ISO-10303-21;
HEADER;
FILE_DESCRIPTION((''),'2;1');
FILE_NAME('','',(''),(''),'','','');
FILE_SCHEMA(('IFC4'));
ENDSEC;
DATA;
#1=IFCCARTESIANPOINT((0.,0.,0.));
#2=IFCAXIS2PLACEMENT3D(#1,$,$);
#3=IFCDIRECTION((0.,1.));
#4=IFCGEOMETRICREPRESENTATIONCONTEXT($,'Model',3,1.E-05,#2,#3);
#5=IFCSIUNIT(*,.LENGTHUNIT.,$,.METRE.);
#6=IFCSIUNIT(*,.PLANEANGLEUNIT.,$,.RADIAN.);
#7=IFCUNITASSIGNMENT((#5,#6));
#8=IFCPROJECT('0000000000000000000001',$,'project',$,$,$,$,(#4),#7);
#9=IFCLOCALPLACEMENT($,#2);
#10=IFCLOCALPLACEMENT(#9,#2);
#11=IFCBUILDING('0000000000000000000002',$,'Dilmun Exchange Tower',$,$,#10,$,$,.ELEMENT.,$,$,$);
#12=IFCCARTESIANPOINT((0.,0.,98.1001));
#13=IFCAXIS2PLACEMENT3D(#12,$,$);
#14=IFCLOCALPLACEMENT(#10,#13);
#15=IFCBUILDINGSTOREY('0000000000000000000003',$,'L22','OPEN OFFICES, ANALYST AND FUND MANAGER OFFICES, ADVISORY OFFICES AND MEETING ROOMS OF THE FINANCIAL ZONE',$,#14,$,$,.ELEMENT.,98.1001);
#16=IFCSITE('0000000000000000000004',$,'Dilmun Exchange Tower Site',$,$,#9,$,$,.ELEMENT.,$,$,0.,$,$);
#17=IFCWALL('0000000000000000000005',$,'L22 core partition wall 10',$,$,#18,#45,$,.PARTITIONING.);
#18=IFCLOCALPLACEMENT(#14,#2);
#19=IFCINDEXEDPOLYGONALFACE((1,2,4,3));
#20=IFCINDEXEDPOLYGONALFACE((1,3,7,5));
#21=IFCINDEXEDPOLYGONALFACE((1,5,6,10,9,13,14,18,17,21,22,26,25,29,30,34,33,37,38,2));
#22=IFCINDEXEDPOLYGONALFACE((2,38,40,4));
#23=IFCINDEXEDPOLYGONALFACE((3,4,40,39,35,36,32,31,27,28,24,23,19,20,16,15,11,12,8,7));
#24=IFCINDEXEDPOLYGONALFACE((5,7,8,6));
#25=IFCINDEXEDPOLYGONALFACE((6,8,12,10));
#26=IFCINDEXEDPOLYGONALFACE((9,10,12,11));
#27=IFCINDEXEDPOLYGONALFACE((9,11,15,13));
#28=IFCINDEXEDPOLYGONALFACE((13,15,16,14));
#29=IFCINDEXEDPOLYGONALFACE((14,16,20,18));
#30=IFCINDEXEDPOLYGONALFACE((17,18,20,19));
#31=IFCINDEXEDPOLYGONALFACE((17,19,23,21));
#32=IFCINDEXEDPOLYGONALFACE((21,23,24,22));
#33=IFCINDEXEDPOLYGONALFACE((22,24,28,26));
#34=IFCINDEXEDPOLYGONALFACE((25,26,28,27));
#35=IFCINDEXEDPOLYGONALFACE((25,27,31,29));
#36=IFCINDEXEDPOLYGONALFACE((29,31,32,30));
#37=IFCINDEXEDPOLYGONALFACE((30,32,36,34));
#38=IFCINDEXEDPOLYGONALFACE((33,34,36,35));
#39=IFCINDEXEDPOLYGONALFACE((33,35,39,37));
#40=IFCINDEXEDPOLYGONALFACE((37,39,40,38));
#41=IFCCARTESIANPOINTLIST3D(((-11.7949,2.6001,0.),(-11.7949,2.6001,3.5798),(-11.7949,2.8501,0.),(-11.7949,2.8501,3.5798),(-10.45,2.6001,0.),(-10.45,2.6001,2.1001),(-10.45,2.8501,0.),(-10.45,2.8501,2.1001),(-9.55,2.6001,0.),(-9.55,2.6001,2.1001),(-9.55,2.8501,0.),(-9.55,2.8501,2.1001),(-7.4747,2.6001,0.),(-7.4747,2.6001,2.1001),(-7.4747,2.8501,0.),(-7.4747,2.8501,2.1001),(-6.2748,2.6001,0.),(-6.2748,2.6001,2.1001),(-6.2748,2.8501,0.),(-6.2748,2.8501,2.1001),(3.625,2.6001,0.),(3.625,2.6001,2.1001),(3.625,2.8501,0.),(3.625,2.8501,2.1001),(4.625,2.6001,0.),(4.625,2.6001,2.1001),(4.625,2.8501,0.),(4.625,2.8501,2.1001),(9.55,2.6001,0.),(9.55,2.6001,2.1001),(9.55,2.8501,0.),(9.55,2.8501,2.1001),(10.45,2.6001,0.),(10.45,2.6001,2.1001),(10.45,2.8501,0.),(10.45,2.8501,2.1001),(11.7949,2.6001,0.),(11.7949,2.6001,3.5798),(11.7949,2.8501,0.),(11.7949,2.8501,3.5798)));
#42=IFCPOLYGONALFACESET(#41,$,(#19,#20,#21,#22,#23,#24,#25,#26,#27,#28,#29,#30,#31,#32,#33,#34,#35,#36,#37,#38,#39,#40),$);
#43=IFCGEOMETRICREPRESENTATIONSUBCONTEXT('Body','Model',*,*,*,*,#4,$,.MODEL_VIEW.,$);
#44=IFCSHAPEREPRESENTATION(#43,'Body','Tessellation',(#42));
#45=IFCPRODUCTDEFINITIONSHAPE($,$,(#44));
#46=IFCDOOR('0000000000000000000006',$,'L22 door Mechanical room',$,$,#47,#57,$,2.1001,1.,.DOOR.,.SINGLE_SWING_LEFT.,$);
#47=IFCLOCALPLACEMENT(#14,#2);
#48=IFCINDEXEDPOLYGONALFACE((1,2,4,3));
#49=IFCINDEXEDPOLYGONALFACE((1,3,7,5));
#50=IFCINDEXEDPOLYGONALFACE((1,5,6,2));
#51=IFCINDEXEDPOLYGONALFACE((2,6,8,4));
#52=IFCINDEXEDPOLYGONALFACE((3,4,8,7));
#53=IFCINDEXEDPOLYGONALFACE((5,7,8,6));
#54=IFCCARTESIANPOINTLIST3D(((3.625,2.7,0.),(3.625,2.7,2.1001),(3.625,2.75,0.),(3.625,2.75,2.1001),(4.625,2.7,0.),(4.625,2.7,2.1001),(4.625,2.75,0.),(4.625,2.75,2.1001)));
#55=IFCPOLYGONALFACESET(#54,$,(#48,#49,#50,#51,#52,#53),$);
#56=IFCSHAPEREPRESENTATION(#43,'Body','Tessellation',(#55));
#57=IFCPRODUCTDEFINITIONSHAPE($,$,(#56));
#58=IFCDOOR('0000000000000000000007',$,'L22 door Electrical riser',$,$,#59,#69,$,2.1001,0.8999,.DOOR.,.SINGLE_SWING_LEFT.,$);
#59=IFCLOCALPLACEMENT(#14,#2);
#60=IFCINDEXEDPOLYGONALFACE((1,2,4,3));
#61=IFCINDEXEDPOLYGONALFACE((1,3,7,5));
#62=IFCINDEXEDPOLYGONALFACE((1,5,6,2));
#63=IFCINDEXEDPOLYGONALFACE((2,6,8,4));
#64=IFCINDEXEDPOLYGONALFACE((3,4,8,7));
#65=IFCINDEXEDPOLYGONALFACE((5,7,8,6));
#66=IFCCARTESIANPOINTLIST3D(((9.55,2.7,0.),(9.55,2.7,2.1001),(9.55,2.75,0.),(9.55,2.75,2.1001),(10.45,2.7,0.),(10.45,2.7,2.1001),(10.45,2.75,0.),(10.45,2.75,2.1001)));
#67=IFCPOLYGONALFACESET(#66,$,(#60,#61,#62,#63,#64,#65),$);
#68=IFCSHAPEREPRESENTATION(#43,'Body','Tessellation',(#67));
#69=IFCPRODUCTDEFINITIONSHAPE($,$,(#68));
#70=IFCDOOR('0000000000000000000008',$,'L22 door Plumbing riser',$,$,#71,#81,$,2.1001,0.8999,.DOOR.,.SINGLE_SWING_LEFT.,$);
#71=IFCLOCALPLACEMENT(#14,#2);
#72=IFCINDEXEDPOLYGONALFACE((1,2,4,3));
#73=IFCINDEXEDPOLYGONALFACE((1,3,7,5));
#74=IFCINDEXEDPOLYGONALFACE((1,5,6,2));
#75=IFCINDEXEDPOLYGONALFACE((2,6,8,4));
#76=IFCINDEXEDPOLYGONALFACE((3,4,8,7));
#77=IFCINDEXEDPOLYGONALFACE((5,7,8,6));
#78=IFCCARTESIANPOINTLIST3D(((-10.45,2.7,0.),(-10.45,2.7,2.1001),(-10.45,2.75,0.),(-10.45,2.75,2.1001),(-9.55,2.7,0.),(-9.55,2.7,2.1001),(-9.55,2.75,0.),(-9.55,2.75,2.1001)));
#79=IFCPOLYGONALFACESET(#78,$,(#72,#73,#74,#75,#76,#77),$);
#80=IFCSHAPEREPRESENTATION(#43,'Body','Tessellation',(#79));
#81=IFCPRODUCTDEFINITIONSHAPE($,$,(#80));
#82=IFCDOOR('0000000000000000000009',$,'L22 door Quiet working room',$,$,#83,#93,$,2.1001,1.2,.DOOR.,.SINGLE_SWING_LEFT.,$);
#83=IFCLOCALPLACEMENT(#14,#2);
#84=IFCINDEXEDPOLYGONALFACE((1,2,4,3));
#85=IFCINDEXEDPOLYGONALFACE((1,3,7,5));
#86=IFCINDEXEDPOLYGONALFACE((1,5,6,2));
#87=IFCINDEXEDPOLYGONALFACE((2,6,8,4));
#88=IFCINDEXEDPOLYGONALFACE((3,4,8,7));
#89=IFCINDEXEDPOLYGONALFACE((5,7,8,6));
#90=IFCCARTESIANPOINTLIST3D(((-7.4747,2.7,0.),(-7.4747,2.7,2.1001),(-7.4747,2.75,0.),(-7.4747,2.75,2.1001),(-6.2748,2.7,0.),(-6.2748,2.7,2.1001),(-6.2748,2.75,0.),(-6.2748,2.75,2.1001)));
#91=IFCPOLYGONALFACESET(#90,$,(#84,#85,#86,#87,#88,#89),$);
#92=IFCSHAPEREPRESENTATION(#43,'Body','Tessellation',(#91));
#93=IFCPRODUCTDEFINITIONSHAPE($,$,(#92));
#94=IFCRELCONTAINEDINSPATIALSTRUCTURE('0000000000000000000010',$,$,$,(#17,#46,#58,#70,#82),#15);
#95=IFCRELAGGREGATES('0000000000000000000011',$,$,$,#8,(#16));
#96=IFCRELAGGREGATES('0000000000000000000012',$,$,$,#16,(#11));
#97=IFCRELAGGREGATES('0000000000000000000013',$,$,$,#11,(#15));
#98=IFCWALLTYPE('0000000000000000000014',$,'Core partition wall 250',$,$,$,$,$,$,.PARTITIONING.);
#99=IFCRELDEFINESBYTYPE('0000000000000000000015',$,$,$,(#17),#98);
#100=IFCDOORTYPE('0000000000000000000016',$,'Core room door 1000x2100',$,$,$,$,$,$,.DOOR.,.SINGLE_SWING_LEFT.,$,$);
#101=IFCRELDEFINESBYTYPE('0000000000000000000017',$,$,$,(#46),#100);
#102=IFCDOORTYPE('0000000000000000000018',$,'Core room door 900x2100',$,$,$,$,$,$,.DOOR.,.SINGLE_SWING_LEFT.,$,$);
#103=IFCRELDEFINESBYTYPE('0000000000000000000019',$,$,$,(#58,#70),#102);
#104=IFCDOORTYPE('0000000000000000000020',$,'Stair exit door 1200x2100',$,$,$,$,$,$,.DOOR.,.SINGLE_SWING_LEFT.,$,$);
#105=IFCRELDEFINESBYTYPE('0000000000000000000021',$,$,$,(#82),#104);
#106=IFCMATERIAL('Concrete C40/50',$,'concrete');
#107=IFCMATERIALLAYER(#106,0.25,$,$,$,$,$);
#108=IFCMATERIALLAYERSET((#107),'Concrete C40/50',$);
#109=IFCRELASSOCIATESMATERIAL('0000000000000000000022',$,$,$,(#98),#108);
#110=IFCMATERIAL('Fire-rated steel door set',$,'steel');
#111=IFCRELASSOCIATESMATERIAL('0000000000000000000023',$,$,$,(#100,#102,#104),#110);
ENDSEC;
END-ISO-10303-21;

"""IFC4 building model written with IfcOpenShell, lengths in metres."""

from ifc_helpers import new_model, si_unit, direction, frame, frame_2d, origin, place, context, subcontext, project, spatial, rectangle, extrude, material, layer, layer_set, type_object, element, fill, save


model = new_model("IFC4")

# Units and contexts
model_context = context("Model", 3, precision=1e-05, world=origin(), true_north=direction((0.0, 1.0)))
body_context = subcontext(model_context, "Body", "Model", "MODEL_VIEW")
ifc_project = project(units=[si_unit("LENGTHUNIT", "METRE"), si_unit("PLANEANGLEUNIT", "RADIAN")], contexts=[model_context])

# Site, building, storey
site_placement = place(None, origin())
site = spatial("IfcSite", under=ifc_project, at=site_placement, Name="Dilmun Exchange Tower Site", CompositionType="ELEMENT", RefElevation=0.0)
building_placement = place(site_placement, origin())
building = spatial("IfcBuilding", under=site, at=building_placement, Name="Dilmun Exchange Tower", CompositionType="ELEMENT")
storey_placement = place(building_placement, frame((0.0, 0.0, 98.1001)))
storey = spatial("IfcBuildingStorey", under=building, at=storey_placement, Name="L22", Description="OPEN OFFICES, ANALYST AND FUND MANAGER OFFICES, ADVISORY OFFICES AND MEETING ROOMS OF THE FINANCIAL ZONE", CompositionType="ELEMENT", Elevation=98.1001)

# Shared definitions
ifc_material_1 = material(Name="Concrete C40/50", Category="concrete")

# Wall, openings, doors
ifc_layer_1 = layer(ifc_material_1, 0.25)
ifc_layer_set_1 = layer_set([ifc_layer_1], Name="Concrete C40/50")
wall_type_1 = type_object("IfcWallType", Name="Core partition wall 250", PredefinedType="PARTITIONING", material=ifc_layer_set_1)
wall_1_placement = place(storey_placement, frame((-11.7949, 2.7251, 0.0), z_axis=(0.0, 0.0, 1.0), x_axis=(1.0, 0.0, 0.0)))
wall_1 = element("IfcWall", 1, at=wall_1_placement, inside=storey, type_object=wall_type_1, Name="L22 core partition wall 10", PredefinedType="PARTITIONING", context=body_context, shape_type="SweptSolid", body=[
    extrude(rectangle(XDim=23.5898, YDim=0.25, at=frame_2d((11.7949, 0.0))), origin(), (0.0, 0.0, 1.0), 3.5798),
])
opening_1_placement = place(wall_1_placement, frame((21.345, 0.0, 0.0)))
opening_1 = element("IfcOpeningElement", 2, at=opening_1_placement, cuts=wall_1, PredefinedType="OPENING", context=body_context, shape_type="SweptSolid", body=[
    extrude(rectangle(XDim=0.8999, YDim=2.1001, at=frame_2d((0.45, 1.05))), frame((0.0, 0.135, 0.0), z_axis=(0.0, -1.0, 0.0), x_axis=(1.0, 0.0, 0.0)), (0.0, 0.0, 1.0), 0.27),
])
opening_2_placement = place(wall_1_placement, frame((1.345, 0.0, 0.0)))
opening_2 = element("IfcOpeningElement", 3, at=opening_2_placement, cuts=wall_1, PredefinedType="OPENING", context=body_context, shape_type="SweptSolid", body=[
    extrude(rectangle(XDim=0.8999, YDim=2.1001, at=frame_2d((0.45, 1.05))), frame((0.0, 0.135, 0.0), z_axis=(0.0, -1.0, 0.0), x_axis=(1.0, 0.0, 0.0)), (0.0, 0.0, 1.0), 0.27),
])
opening_3_placement = place(wall_1_placement, frame((4.3201, 0.0, 0.0)))
opening_3 = element("IfcOpeningElement", 4, at=opening_3_placement, cuts=wall_1, PredefinedType="OPENING", context=body_context, shape_type="SweptSolid", body=[
    extrude(rectangle(XDim=1.2, YDim=2.1001, at=frame_2d((0.6001, 1.05))), frame((0.0, 0.135, 0.0), z_axis=(0.0, -1.0, 0.0), x_axis=(1.0, 0.0, 0.0)), (0.0, 0.0, 1.0), 0.27),
])
opening_4_placement = place(wall_1_placement, frame((15.4199, 0.0, 0.0)))
opening_4 = element("IfcOpeningElement", 5, at=opening_4_placement, cuts=wall_1, PredefinedType="OPENING", context=body_context, shape_type="SweptSolid", body=[
    extrude(rectangle(XDim=1.0, YDim=2.1001, at=frame_2d((0.5, 1.05))), frame((0.0, 0.135, 0.0), z_axis=(0.0, -1.0, 0.0), x_axis=(1.0, 0.0, 0.0)), (0.0, 0.0, 1.0), 0.27),
])
ifc_material_2 = material(Name="Fire-rated steel door set", Category="steel")
door_type_1 = type_object("IfcDoorType", Name="Core room door 1000x2100", OperationType="SINGLE_SWING_LEFT", PredefinedType="DOOR", material=ifc_material_2)
door_1_placement = place(opening_4_placement, origin())
door_1 = element("IfcDoor", 6, at=door_1_placement, inside=storey, type_object=door_type_1, Name="L22 door Mechanical room", OperationType="SINGLE_SWING_LEFT", OverallHeight=2.1001, OverallWidth=1.0, PredefinedType="DOOR", context=body_context, shape_type="SweptSolid", body=[
    extrude(rectangle(XDim=1.0, YDim=2.1001, at=frame_2d((0.5, 1.05))), frame((0.0, 0.0249, 0.0), z_axis=(0.0, -1.0, 0.0), x_axis=(1.0, 0.0, 0.0)), (0.0, 0.0, 1.0), 0.05),
])
fill(opening_4, door_1)
door_type_2 = type_object("IfcDoorType", Name="Core room door 900x2100", OperationType="SINGLE_SWING_LEFT", PredefinedType="DOOR", material=ifc_material_2)
door_2_placement = place(opening_1_placement, origin())
door_2 = element("IfcDoor", 7, at=door_2_placement, inside=storey, type_object=door_type_2, Name="L22 door Electrical riser", OperationType="SINGLE_SWING_LEFT", OverallHeight=2.1001, OverallWidth=0.8999, PredefinedType="DOOR", context=body_context, shape_type="SweptSolid", body=[
    extrude(rectangle(XDim=0.8999, YDim=2.1001, at=frame_2d((0.45, 1.05))), frame((0.0, 0.0249, 0.0), z_axis=(0.0, -1.0, 0.0), x_axis=(1.0, 0.0, 0.0)), (0.0, 0.0, 1.0), 0.05),
])
fill(opening_1, door_2)
door_3_placement = place(opening_2_placement, origin())
door_3 = element("IfcDoor", 8, at=door_3_placement, inside=storey, type_object=door_type_2, Name="L22 door Plumbing riser", OperationType="SINGLE_SWING_LEFT", OverallHeight=2.1001, OverallWidth=0.8999, PredefinedType="DOOR", context=body_context, shape_type="SweptSolid", body=[
    extrude(rectangle(XDim=0.8999, YDim=2.1001, at=frame_2d((0.45, 1.05))), frame((0.0, 0.0249, 0.0), z_axis=(0.0, -1.0, 0.0), x_axis=(1.0, 0.0, 0.0)), (0.0, 0.0, 1.0), 0.05),
])
fill(opening_2, door_3)
door_type_3 = type_object("IfcDoorType", Name="Stair exit door 1200x2100", OperationType="SINGLE_SWING_LEFT", PredefinedType="DOOR", material=ifc_material_2)
door_4_placement = place(opening_3_placement, origin())
door_4 = element("IfcDoor", 9, at=door_4_placement, inside=storey, type_object=door_type_3, Name="L22 door Quiet working room", OperationType="SINGLE_SWING_LEFT", OverallHeight=2.1001, OverallWidth=1.2, PredefinedType="DOOR", context=body_context, shape_type="SweptSolid", body=[
    extrude(rectangle(XDim=1.2, YDim=2.1001, at=frame_2d((0.6001, 1.05))), frame((0.0, 0.0249, 0.0), z_axis=(0.0, -1.0, 0.0), x_axis=(1.0, 0.0, 0.0)), (0.0, 0.0, 1.0), 0.05),
])
fill(opening_3, door_4)

save(model, "model.ifc")
